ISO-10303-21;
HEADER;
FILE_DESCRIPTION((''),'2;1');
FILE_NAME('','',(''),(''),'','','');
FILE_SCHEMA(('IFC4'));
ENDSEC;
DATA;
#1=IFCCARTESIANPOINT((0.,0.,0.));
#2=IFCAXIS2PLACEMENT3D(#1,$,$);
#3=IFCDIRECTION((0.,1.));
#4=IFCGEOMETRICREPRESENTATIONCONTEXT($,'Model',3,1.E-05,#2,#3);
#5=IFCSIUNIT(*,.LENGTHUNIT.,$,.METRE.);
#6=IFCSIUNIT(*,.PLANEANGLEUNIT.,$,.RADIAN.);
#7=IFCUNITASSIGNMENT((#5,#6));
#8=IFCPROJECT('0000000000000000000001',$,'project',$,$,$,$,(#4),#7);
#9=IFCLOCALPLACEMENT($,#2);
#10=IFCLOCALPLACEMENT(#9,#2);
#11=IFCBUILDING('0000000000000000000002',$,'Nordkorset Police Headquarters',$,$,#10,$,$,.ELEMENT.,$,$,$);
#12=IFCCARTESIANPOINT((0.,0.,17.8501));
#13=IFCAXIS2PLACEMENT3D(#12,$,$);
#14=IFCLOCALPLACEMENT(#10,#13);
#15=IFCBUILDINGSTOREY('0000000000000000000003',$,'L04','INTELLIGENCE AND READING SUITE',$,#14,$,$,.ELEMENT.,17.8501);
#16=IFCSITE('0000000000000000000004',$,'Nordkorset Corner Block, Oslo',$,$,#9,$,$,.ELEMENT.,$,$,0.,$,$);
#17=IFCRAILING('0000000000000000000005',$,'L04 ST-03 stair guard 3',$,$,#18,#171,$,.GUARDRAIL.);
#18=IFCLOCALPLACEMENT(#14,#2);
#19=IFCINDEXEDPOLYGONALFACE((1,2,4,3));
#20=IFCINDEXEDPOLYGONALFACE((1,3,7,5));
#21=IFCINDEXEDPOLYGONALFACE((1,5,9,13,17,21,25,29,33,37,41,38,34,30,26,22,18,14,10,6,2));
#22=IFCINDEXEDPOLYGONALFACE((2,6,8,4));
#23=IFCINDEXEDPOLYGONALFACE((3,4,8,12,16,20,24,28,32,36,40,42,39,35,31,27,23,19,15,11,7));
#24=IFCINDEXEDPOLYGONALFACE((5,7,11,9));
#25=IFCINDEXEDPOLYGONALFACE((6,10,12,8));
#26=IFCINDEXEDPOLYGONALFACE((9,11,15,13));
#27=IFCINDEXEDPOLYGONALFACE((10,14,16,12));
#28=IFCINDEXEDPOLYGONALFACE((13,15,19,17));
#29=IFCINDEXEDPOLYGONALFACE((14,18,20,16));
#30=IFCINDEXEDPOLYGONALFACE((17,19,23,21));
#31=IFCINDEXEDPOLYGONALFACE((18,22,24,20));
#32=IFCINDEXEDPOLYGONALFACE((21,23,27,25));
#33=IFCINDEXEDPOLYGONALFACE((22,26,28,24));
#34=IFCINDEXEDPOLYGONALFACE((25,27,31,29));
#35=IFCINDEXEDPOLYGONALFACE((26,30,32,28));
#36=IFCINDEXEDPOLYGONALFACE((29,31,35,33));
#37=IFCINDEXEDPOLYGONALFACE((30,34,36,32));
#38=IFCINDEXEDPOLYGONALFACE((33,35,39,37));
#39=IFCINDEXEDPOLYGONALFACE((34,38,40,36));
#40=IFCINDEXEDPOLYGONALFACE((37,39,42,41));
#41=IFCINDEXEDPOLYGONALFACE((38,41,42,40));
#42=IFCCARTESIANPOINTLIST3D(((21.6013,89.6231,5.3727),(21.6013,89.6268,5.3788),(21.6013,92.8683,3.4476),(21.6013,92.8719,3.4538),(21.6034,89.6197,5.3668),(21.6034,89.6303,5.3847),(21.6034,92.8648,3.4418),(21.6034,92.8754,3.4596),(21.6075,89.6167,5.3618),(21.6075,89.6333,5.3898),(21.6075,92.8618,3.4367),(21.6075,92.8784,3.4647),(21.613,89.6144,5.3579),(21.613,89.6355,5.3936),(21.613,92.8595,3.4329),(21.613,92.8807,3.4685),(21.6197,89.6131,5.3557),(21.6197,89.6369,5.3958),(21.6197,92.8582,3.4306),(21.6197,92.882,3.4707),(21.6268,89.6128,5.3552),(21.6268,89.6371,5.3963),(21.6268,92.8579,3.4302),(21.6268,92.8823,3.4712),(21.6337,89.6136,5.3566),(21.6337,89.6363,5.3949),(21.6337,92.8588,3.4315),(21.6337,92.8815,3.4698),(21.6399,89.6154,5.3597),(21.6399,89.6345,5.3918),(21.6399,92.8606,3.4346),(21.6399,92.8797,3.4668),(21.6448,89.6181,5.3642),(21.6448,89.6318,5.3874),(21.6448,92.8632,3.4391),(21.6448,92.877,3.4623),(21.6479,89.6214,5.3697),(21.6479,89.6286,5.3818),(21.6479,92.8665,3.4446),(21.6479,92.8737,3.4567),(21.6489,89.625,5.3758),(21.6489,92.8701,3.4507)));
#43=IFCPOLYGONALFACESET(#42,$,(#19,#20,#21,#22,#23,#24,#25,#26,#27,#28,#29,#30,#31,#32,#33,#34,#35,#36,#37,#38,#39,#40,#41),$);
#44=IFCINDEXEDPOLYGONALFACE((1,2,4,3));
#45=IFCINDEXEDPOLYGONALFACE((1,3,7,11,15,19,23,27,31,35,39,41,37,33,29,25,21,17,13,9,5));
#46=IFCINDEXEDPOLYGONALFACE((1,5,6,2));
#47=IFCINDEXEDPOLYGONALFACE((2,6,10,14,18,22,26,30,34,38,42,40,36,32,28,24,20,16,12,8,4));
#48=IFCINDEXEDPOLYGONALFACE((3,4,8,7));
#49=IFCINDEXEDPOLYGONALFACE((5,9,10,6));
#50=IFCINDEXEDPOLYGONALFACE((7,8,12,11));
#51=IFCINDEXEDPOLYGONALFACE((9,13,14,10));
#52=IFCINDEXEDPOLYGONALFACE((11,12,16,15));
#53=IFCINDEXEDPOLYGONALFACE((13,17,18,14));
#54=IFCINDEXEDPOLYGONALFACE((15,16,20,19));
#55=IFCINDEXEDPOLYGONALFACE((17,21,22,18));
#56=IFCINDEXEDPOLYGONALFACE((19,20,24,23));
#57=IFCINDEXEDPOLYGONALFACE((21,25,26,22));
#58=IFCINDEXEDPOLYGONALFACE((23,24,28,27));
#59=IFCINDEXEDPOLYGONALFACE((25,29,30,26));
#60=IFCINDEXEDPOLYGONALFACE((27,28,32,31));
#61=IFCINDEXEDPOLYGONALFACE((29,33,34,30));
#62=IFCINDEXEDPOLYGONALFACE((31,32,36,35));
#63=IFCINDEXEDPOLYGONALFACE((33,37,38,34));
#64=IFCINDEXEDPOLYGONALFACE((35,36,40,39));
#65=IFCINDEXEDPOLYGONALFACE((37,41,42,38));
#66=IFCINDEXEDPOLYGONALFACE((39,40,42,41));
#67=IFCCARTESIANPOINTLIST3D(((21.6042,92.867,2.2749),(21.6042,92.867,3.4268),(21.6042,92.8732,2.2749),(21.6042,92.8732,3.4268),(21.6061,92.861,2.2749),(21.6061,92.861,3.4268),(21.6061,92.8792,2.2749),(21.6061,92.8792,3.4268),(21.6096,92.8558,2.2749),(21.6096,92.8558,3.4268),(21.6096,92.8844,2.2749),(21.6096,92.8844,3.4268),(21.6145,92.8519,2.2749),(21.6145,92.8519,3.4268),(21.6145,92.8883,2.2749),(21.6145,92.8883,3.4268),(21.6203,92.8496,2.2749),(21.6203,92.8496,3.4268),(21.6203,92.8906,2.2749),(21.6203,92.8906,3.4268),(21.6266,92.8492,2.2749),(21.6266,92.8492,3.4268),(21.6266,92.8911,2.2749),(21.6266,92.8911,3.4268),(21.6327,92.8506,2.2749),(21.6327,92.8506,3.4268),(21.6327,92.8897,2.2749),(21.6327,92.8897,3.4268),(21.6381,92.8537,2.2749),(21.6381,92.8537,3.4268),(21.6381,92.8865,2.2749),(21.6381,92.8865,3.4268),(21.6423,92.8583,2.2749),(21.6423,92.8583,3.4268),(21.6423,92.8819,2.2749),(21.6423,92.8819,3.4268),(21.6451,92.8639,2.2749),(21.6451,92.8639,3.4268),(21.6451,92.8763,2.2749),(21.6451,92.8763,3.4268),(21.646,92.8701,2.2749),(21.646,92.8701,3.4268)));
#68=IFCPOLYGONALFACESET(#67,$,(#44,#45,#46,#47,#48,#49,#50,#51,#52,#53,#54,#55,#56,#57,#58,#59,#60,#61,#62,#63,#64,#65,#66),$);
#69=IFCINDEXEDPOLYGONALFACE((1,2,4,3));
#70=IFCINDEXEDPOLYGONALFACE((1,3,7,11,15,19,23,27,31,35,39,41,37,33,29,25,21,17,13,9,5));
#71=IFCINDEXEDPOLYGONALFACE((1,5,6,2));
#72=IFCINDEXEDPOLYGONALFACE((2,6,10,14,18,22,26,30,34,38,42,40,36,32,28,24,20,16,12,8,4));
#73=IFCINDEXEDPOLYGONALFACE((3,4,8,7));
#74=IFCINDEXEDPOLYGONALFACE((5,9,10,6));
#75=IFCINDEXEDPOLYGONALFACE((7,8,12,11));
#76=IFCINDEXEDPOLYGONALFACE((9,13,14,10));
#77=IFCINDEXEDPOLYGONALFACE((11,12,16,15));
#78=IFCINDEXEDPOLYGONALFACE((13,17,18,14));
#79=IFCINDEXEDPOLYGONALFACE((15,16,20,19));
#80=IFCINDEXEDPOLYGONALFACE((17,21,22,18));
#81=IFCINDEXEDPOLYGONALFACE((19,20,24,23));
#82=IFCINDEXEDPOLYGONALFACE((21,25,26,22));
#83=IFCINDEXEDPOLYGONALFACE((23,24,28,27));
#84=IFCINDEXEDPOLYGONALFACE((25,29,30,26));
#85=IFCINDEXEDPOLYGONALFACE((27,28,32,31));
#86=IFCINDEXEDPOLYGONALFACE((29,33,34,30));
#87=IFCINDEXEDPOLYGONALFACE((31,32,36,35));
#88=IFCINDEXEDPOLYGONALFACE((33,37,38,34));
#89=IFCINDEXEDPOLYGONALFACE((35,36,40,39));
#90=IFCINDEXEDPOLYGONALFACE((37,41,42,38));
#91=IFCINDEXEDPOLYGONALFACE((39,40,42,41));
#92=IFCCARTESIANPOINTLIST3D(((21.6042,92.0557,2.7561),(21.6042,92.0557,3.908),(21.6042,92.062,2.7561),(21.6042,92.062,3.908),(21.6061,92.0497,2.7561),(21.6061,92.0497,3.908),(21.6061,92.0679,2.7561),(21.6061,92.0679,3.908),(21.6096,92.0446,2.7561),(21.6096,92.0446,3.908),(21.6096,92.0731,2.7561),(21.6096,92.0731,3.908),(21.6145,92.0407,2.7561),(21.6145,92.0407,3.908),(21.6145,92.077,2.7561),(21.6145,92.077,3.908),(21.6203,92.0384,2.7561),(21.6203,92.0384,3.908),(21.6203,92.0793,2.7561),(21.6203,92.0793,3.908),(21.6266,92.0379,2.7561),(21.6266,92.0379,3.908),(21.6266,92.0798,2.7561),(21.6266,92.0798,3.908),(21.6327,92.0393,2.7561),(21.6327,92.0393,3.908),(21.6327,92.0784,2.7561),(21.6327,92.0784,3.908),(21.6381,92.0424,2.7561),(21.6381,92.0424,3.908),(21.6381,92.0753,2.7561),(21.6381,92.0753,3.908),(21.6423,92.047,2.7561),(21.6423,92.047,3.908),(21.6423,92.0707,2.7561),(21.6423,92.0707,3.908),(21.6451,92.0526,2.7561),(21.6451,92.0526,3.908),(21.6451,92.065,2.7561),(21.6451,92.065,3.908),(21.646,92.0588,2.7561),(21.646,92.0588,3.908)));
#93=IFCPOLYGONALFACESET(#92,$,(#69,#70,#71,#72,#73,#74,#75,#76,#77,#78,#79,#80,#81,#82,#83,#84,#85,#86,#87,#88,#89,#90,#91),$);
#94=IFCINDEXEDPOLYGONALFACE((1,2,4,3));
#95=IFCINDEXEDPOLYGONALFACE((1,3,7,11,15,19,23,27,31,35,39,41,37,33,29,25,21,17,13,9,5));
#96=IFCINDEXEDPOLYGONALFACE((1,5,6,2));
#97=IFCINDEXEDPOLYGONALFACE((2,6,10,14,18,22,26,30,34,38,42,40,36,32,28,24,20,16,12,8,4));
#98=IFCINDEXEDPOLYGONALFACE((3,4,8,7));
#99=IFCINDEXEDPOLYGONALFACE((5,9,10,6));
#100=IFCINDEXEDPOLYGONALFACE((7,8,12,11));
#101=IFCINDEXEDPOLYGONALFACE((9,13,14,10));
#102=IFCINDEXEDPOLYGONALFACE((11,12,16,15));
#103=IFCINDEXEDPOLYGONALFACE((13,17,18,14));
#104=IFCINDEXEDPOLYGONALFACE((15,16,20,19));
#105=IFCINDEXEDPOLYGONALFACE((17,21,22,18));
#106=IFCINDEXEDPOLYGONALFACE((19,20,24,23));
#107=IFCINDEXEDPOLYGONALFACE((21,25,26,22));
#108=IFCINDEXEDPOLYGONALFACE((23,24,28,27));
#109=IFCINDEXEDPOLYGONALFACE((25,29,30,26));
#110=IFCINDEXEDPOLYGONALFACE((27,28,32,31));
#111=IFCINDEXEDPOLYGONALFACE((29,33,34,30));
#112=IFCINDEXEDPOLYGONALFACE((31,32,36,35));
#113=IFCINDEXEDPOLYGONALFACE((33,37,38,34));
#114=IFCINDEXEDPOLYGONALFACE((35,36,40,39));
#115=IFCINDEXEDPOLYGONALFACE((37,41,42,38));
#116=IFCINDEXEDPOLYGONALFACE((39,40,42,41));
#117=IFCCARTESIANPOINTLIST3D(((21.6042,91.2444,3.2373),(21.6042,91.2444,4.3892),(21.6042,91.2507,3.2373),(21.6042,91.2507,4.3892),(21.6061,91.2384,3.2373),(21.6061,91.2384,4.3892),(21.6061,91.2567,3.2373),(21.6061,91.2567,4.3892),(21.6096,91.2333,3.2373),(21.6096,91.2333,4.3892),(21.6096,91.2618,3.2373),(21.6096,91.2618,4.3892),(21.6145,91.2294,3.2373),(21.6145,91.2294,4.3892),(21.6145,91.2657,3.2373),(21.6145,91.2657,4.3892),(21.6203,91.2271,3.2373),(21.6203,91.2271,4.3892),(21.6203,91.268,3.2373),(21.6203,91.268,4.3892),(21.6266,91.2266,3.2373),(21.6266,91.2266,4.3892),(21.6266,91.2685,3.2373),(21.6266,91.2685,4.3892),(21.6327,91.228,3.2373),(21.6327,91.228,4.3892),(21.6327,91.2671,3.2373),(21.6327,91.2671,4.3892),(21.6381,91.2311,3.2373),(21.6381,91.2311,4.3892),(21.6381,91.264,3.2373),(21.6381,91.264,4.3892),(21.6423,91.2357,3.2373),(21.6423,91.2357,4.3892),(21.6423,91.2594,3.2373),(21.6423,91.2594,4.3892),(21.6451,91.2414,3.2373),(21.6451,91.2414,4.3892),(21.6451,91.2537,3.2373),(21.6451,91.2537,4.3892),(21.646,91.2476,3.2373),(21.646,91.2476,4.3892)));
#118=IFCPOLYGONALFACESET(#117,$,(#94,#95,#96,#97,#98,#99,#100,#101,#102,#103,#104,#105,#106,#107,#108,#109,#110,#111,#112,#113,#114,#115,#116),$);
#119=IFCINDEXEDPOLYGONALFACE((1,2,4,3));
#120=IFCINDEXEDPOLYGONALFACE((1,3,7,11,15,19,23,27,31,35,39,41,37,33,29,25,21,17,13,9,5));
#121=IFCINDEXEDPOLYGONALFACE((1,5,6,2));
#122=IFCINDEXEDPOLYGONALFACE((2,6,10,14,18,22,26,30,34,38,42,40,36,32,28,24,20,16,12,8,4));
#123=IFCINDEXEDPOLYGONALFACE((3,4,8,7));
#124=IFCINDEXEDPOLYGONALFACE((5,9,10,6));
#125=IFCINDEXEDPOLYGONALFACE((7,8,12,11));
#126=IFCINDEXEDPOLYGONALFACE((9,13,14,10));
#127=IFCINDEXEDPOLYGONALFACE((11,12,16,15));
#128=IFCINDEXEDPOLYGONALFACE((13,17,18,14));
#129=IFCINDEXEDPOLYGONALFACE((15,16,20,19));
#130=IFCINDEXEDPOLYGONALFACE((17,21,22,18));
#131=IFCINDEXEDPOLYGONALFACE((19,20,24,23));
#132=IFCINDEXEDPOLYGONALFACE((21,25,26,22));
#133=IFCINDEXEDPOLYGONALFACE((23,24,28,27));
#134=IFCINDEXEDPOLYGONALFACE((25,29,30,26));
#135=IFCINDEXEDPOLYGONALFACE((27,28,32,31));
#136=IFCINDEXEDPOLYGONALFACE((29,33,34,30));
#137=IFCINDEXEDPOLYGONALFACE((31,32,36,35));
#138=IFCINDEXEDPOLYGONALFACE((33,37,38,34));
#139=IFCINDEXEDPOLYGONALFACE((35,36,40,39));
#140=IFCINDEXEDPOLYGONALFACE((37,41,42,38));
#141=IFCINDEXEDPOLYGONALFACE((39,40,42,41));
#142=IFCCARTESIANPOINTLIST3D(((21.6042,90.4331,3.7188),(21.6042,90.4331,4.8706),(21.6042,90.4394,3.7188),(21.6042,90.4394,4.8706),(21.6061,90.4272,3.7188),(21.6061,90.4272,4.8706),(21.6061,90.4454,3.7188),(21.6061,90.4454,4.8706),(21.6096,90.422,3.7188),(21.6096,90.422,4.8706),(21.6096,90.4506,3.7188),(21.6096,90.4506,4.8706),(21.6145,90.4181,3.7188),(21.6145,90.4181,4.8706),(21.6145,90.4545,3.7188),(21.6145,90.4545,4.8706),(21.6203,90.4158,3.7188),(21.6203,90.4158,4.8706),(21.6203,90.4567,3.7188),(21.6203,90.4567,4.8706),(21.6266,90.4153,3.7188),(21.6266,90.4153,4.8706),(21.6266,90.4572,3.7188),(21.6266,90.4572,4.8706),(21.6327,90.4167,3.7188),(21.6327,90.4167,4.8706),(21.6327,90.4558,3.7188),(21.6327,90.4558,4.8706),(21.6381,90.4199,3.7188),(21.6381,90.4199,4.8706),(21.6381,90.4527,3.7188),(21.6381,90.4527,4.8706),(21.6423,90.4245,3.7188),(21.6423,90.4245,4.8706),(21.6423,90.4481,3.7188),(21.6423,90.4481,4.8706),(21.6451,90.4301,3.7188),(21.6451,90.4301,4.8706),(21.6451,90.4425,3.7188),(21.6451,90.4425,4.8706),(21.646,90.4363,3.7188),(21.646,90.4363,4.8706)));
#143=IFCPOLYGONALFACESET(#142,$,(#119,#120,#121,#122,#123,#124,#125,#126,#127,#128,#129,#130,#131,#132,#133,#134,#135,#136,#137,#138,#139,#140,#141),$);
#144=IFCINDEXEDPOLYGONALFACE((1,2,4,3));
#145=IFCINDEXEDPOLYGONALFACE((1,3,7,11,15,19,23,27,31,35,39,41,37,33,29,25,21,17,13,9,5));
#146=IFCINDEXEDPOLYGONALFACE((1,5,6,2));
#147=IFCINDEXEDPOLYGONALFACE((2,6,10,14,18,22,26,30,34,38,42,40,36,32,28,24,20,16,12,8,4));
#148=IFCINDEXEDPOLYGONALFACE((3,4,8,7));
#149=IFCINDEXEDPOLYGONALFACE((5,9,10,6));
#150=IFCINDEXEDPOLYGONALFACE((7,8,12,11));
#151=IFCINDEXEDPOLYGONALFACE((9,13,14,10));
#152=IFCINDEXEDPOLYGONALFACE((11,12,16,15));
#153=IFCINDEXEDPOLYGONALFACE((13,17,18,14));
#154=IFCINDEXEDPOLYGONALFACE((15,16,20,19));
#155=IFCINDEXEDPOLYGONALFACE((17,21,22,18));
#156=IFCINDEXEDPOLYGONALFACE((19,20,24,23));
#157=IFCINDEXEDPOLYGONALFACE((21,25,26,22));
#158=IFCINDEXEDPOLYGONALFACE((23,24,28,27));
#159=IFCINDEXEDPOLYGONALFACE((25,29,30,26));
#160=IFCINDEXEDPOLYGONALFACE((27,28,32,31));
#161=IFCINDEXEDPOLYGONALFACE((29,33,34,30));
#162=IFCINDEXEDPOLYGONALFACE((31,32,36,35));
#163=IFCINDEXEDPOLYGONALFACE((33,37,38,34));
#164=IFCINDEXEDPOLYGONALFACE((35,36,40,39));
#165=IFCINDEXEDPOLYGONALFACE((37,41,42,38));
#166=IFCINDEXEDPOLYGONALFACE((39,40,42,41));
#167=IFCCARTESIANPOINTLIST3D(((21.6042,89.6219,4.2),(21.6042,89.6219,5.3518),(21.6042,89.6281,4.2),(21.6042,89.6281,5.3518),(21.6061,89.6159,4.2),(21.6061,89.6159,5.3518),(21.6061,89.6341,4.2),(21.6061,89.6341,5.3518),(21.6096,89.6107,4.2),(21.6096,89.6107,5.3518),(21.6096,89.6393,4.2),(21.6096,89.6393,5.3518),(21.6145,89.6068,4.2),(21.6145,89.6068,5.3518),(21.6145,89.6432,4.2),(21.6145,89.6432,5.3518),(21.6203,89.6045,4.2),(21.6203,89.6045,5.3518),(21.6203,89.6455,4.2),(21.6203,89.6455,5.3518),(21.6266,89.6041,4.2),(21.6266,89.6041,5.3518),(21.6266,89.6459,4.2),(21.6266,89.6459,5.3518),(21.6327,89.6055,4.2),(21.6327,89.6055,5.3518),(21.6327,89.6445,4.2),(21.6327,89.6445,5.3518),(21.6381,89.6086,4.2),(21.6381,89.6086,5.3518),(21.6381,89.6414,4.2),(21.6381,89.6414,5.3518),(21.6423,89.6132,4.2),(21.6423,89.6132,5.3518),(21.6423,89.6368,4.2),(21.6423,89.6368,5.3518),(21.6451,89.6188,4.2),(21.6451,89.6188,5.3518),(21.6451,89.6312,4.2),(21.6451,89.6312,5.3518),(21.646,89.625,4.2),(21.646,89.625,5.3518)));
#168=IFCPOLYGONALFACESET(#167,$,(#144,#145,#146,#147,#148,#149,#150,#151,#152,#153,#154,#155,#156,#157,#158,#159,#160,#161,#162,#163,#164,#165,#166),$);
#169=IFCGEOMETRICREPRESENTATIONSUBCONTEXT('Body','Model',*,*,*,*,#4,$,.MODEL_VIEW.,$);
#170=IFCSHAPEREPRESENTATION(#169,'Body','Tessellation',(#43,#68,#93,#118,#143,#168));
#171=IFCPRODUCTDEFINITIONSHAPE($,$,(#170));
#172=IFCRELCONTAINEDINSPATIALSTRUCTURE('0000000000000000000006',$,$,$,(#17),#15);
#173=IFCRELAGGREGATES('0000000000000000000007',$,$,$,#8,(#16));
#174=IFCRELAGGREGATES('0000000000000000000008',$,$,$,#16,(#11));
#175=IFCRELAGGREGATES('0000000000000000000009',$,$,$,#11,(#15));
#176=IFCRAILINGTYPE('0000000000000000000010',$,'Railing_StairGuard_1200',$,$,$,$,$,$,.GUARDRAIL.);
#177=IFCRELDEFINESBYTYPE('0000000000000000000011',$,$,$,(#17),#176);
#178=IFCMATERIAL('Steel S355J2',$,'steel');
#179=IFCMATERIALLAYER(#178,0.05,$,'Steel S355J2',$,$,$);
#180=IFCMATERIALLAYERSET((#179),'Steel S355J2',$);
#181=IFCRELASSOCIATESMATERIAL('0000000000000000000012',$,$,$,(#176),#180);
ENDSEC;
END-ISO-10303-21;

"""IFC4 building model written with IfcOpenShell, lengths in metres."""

from ifc_helpers import new_model, si_unit, direction, frame, origin, origin_2d, place, context, subcontext, project, spatial, circle, extrude, material, layer, layer_set, type_object, element, save


model = new_model("IFC4")

# Units and contexts
model_context = context("Model", 3, precision=1e-05, world=origin(), true_north=direction((0.0, 1.0)))
body_context = subcontext(model_context, "Body", "Model", "MODEL_VIEW")
ifc_project = project(units=[si_unit("LENGTHUNIT", "METRE"), si_unit("PLANEANGLEUNIT", "RADIAN")], contexts=[model_context])

# Site, building, storey
site_placement = place(None, origin())
site = spatial("IfcSite", under=ifc_project, at=site_placement, Name="Nordkorset Corner Block, Oslo", CompositionType="ELEMENT", RefElevation=0.0)
building_placement = place(site_placement, origin())
building = spatial("IfcBuilding", under=site, at=building_placement, Name="Nordkorset Police Headquarters", CompositionType="ELEMENT")
storey_placement = place(building_placement, frame((0.0, 0.0, 17.8501)))
storey = spatial("IfcBuildingStorey", under=building, at=storey_placement, Name="L04", Description="INTELLIGENCE AND READING SUITE", CompositionType="ELEMENT", Elevation=17.8501)

# Railing
ifc_material_1 = material(Name="Steel S355J2", Category="steel")
ifc_layer_1 = layer(ifc_material_1, 0.05, Name="Steel S355J2")
ifc_layer_set_1 = layer_set([ifc_layer_1], Name="Steel S355J2")
railing_type = type_object("IfcRailingType", Name="Railing_StairGuard_1200", PredefinedType="GUARDRAIL", material=ifc_layer_set_1)
railing_1_placement = place(storey_placement, frame((21.625, 92.8701, 2.2749)))
element("IfcRailing", 1, at=railing_1_placement, inside=storey, type_object=railing_type, Name="L04 ST-03 stair guard 3", PredefinedType="GUARDRAIL", context=body_context, shape_type="SweptSolid", body=[
    extrude(circle(Radius=0.0239, at=origin_2d()), frame((0.0, 0.0, 1.1758), z_axis=(0.0, -0.860057, 0.510198), x_axis=(1.0, 0.0, 0.0)), (0.0, 0.0, 1.0), 3.7732),
    extrude(circle(Radius=0.021, at=origin_2d()), origin(), (0.0, 0.0, 1.0), 1.1519),
    extrude(circle(Radius=0.021, at=origin_2d()), frame((0.0, -0.8113, 0.4812)), (0.0, 0.0, 1.0), 1.1519),
    extrude(circle(Radius=0.021, at=origin_2d()), frame((0.0, -1.6226, 0.9624)), (0.0, 0.0, 1.0), 1.1519),
    extrude(circle(Radius=0.021, at=origin_2d()), frame((0.0, -2.4338, 1.4438)), (0.0, 0.0, 1.0), 1.1519),
    extrude(circle(Radius=0.021, at=origin_2d()), frame((0.0, -3.2451, 1.925)), (0.0, 0.0, 1.0), 1.1519),
])

save(model, "model.ifc")
